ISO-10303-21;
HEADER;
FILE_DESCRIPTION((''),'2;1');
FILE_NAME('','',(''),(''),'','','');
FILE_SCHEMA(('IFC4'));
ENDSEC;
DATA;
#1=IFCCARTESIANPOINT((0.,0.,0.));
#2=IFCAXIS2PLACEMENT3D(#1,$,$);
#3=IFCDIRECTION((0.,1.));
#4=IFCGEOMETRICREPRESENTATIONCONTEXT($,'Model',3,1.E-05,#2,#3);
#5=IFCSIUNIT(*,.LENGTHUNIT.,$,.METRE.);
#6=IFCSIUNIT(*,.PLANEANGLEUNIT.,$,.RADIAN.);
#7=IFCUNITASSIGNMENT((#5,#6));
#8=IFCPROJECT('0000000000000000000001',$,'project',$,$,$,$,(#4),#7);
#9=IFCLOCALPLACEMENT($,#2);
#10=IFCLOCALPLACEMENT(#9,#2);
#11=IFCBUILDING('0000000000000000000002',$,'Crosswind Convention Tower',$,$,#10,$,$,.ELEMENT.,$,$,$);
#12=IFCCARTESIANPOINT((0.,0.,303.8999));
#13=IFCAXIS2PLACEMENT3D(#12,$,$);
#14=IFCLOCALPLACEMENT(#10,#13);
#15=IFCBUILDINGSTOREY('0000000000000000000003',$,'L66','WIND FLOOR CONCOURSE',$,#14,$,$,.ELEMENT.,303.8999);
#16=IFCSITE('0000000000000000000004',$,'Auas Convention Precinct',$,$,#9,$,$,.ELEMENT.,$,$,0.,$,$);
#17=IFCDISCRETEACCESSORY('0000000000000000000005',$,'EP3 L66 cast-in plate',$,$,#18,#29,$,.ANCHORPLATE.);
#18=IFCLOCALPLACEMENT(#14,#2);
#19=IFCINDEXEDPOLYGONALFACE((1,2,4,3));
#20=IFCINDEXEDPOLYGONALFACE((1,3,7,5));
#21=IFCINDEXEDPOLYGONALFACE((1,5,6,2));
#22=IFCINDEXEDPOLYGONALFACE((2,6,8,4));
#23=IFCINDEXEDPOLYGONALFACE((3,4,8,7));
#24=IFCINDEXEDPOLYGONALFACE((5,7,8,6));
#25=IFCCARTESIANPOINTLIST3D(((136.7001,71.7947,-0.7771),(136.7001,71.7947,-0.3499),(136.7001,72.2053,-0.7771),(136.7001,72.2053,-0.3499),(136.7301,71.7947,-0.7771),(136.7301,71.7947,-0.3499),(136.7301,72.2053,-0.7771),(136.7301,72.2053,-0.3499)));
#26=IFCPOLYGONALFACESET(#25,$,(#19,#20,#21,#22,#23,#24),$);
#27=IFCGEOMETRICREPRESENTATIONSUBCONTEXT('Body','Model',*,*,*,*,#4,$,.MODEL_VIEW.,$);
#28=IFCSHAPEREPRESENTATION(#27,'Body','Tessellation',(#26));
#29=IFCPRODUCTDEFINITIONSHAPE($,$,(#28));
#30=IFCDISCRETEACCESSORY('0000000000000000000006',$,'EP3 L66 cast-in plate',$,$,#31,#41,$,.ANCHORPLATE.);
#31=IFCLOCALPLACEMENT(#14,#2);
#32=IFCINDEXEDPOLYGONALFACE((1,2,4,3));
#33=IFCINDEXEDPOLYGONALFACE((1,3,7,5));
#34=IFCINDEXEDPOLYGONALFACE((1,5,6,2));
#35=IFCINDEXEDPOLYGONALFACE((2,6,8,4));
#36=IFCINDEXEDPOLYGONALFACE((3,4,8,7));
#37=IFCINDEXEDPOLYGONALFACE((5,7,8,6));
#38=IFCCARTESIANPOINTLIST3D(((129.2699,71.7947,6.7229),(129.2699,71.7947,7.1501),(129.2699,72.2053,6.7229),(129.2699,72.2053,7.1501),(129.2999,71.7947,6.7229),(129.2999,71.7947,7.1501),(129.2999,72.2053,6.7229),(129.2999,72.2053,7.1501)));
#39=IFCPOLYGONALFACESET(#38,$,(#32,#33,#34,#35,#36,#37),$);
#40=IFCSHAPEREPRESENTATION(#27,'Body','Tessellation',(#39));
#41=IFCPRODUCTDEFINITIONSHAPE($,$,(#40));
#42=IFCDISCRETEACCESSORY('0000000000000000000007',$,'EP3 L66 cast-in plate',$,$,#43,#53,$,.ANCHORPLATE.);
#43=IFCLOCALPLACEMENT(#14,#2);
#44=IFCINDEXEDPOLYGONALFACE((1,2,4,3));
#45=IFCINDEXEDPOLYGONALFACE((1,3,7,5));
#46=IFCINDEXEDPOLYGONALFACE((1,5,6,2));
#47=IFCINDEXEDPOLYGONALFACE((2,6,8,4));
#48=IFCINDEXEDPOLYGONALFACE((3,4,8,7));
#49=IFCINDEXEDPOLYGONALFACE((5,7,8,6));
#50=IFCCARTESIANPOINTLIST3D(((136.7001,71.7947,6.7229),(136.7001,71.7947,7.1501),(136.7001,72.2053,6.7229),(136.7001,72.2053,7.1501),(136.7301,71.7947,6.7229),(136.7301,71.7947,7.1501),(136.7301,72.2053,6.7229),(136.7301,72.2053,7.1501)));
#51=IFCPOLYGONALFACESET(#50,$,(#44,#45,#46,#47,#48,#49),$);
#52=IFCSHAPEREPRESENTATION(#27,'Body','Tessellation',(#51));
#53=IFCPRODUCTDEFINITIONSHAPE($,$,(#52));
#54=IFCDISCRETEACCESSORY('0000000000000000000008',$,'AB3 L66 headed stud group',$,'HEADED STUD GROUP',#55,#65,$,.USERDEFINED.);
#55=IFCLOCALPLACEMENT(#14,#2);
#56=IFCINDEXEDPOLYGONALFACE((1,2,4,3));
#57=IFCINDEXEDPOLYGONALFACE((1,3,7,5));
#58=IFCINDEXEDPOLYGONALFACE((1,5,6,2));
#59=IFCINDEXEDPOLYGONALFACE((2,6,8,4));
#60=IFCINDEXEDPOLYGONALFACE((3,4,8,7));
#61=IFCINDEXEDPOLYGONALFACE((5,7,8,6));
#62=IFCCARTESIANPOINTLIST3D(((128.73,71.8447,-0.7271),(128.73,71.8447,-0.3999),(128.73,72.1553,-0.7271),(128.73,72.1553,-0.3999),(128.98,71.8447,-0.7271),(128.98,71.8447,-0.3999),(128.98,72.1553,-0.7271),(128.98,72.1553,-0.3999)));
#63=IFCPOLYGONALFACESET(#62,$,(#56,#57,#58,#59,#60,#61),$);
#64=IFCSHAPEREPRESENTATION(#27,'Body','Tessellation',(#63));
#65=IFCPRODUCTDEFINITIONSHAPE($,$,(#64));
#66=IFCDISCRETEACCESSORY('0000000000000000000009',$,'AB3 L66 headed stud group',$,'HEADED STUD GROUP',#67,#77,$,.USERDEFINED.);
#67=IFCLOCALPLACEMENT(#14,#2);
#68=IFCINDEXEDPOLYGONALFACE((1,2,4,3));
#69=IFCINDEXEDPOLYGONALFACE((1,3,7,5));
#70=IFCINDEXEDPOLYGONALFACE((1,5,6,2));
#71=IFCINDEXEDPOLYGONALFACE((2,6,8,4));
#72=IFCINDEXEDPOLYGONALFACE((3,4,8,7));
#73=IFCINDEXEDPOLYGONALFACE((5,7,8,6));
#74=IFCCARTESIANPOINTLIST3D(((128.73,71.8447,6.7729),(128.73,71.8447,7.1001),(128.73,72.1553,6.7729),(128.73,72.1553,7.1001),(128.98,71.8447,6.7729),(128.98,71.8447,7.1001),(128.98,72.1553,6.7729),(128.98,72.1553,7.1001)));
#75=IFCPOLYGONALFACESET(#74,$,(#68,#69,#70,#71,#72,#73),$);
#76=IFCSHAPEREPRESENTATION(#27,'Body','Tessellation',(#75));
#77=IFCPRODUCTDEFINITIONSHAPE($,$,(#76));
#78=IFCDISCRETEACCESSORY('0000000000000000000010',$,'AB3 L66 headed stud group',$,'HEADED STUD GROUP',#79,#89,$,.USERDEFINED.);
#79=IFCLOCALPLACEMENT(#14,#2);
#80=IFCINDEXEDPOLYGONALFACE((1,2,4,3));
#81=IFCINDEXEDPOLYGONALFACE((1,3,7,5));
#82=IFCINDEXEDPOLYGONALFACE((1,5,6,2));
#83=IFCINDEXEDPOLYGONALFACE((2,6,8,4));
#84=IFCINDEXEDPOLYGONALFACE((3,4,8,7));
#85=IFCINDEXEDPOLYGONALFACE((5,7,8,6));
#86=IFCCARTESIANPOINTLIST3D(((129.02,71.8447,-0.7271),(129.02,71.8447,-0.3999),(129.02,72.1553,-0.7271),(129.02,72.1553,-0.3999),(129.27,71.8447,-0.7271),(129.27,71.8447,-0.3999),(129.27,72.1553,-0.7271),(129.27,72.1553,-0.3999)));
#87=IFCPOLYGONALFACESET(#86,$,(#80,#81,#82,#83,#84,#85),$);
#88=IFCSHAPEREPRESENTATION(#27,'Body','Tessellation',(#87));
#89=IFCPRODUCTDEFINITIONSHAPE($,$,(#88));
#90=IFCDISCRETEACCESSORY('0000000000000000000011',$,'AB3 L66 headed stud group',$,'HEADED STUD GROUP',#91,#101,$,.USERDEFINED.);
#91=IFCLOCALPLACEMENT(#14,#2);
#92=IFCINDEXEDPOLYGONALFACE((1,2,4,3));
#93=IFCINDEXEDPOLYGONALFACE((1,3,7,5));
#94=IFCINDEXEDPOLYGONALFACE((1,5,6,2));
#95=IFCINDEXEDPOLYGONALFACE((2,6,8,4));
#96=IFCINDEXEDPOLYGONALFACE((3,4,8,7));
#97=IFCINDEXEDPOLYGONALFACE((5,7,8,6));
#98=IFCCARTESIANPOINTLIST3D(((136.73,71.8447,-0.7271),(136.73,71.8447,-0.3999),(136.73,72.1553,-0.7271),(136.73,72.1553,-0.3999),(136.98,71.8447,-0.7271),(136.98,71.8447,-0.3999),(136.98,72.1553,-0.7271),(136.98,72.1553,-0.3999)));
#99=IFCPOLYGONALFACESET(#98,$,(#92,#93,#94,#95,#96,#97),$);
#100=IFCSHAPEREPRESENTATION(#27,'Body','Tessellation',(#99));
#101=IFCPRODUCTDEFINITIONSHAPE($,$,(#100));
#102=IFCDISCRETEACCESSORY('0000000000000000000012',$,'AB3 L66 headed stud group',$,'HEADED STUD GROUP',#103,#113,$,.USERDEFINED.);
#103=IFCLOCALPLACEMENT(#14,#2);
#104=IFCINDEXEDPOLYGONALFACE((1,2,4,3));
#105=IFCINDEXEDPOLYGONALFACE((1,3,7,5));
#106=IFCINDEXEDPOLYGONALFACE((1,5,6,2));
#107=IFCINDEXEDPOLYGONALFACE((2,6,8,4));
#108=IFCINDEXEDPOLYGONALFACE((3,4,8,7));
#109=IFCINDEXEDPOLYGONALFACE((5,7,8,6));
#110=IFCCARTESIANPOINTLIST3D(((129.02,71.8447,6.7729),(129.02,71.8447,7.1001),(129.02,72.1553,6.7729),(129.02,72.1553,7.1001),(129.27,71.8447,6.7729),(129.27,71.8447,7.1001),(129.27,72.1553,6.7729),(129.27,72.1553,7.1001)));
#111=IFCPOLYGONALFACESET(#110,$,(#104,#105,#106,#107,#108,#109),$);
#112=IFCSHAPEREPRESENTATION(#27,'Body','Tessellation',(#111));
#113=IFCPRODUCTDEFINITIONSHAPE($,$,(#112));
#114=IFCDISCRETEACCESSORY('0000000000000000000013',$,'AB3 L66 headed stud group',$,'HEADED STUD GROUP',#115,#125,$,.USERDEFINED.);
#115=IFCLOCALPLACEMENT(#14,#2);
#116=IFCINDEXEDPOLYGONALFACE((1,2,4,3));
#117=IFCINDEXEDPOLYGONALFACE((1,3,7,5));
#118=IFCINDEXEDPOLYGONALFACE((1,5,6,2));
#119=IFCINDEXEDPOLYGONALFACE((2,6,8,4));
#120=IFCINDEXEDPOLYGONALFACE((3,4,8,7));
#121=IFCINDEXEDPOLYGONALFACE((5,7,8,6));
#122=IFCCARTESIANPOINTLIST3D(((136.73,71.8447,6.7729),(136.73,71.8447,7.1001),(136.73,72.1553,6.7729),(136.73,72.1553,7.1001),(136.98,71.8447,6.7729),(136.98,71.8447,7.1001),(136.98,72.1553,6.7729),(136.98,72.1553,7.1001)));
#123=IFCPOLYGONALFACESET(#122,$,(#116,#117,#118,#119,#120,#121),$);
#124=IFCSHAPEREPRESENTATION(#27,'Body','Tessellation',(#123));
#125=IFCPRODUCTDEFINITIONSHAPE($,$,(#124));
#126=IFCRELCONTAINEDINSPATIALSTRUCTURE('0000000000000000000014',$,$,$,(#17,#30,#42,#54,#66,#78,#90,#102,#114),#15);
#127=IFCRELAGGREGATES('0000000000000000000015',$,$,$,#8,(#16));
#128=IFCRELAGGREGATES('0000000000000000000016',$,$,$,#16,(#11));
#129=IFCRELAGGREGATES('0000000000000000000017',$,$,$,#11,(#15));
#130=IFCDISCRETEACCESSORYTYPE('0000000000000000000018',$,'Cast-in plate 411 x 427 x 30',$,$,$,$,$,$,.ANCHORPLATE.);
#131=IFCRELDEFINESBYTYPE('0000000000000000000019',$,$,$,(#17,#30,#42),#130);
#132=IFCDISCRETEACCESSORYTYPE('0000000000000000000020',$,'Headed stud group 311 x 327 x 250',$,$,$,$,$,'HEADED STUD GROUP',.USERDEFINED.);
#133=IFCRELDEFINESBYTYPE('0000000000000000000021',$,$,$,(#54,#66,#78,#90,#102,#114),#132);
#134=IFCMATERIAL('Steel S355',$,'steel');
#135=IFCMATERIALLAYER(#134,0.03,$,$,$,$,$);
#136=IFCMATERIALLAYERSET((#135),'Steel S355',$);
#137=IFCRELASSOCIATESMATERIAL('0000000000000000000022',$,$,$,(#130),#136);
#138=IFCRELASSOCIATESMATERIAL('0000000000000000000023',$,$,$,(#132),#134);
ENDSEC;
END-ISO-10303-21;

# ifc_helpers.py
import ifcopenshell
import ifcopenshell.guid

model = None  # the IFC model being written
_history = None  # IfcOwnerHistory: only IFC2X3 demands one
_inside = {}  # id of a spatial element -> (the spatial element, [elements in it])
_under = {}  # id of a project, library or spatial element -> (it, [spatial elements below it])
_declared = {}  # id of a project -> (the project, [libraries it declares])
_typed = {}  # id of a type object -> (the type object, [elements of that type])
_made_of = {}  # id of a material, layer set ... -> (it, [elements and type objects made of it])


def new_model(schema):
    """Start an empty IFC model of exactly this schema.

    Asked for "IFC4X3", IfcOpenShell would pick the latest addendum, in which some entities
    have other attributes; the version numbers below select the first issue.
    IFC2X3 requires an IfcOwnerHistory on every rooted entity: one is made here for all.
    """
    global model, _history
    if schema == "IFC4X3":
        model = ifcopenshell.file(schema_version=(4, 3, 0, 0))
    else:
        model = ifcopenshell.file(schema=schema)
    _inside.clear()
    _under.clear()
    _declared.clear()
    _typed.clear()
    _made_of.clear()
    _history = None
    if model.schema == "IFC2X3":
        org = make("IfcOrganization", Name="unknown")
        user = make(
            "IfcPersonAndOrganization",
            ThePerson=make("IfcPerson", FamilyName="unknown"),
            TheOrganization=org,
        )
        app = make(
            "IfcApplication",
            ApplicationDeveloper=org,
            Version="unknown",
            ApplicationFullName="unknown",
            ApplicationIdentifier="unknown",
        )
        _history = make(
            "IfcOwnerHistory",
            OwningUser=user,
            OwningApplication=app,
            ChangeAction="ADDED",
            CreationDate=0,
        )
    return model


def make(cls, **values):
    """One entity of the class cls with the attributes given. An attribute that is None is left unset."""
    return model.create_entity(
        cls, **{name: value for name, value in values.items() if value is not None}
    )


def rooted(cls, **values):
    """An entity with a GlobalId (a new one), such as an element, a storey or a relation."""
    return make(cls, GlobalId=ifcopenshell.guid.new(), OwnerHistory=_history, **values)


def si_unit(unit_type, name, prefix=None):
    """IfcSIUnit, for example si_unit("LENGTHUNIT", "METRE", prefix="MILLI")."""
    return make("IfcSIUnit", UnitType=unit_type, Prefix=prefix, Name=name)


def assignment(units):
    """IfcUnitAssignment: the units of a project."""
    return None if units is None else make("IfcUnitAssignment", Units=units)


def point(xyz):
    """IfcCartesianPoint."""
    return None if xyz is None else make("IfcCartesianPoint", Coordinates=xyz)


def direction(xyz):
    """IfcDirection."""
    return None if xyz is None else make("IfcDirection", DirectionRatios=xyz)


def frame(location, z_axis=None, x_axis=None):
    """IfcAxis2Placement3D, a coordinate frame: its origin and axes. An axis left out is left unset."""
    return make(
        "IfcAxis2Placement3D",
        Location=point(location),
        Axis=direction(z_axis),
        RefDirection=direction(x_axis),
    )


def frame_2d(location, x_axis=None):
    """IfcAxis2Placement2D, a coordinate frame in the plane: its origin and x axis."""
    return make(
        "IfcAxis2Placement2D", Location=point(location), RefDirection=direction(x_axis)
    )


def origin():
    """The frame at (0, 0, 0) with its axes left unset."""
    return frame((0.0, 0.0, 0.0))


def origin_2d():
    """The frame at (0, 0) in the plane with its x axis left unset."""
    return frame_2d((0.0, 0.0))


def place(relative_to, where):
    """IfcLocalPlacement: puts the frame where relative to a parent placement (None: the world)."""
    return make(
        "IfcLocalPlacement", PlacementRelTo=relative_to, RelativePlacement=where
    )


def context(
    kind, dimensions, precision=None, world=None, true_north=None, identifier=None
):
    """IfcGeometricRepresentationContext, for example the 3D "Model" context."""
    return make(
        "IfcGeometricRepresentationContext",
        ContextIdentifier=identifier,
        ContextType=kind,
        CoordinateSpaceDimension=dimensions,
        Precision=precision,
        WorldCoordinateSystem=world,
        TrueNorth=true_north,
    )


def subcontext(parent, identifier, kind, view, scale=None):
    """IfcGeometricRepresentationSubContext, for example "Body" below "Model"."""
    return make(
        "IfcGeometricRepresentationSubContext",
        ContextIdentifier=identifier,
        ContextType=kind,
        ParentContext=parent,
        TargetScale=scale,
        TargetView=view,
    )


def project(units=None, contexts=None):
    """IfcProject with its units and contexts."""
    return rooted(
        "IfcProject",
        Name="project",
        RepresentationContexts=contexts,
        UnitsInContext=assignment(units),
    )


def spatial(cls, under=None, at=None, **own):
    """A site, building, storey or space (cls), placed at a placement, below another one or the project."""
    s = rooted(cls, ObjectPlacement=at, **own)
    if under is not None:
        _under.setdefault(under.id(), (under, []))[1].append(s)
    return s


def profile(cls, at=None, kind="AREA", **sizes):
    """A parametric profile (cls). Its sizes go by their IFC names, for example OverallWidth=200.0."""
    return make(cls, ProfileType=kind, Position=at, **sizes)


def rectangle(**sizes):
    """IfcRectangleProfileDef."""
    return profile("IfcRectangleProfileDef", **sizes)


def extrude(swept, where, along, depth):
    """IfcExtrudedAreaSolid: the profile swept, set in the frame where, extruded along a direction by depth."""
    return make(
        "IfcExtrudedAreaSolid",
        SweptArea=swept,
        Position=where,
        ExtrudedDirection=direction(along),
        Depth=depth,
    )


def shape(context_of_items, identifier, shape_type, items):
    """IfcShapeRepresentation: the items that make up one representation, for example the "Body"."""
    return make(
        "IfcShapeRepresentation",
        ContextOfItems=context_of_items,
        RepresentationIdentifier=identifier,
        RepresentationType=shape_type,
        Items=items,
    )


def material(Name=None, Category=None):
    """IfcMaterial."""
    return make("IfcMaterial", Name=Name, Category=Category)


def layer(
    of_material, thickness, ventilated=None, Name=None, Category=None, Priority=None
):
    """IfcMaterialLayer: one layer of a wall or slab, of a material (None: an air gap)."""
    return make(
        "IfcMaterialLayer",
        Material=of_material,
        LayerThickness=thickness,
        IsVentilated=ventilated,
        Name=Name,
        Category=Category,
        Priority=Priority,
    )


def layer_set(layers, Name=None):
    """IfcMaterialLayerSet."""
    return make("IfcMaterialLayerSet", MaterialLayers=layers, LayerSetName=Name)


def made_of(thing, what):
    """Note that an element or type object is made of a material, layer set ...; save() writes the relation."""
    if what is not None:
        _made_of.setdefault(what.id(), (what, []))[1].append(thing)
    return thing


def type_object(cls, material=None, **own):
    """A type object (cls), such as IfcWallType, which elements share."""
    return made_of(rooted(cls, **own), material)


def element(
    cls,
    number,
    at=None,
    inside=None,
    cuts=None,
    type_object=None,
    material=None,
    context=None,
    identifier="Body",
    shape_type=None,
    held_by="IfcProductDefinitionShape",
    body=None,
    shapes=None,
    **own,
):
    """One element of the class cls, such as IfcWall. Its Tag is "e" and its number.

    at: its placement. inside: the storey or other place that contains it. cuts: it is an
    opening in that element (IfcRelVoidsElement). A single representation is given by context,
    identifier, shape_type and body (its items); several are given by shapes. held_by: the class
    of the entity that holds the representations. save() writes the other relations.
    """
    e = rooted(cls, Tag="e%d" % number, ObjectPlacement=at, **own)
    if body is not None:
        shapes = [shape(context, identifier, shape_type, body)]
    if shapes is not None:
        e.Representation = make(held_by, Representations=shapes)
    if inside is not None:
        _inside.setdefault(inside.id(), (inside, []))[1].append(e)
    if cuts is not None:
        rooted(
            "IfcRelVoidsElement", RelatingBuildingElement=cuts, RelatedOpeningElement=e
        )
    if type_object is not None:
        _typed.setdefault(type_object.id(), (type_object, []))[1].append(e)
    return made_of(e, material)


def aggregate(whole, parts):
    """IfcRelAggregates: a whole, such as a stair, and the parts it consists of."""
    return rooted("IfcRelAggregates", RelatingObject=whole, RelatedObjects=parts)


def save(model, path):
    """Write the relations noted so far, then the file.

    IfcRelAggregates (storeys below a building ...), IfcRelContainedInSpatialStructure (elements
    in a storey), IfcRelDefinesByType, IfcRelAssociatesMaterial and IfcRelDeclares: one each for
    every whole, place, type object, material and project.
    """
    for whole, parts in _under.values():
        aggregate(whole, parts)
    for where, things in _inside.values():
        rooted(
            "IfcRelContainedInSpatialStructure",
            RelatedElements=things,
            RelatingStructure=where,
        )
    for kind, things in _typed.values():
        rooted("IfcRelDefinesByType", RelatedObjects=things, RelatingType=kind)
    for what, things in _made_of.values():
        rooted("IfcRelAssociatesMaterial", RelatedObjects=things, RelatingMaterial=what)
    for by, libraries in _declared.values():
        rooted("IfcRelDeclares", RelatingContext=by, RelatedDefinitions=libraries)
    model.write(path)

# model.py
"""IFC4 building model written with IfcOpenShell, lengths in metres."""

from ifc_helpers import new_model, si_unit, direction, frame, origin, origin_2d, place, context, subcontext, project, spatial, rectangle, extrude, material, layer, layer_set, type_object, element, save


model = new_model("IFC4")

# Units and contexts
model_context = context("Model", 3, precision=1e-05, world=origin(), true_north=direction((0.0, 1.0)))
body_context = subcontext(model_context, "Body", "Model", "MODEL_VIEW")
ifc_project = project(units=[si_unit("LENGTHUNIT", "METRE"), si_unit("PLANEANGLEUNIT", "RADIAN")], contexts=[model_context])

# Site, building, storey
site_placement = place(None, origin())
site = spatial("IfcSite", under=ifc_project, at=site_placement, Name="Auas Convention Precinct", CompositionType="ELEMENT", RefElevation=0.0)
building_placement = place(site_placement, origin())
building = spatial("IfcBuilding", under=site, at=building_placement, Name="Crosswind Convention Tower", CompositionType="ELEMENT")
storey_placement = place(building_placement, frame((0.0, 0.0, 303.8999)))
storey = spatial("IfcBuildingStorey", under=building, at=storey_placement, Name="L66", Description="WIND FLOOR CONCOURSE", CompositionType="ELEMENT", Elevation=303.8999)

# Shared definitions
ifc_material_1 = material(Name="Steel S355", Category="steel")

# Discrete accessories
ifc_layer = layer(ifc_material_1, 0.03)
ifc_layer_set = layer_set([ifc_layer], Name="Steel S355")
discrete_accessory_type_1 = type_object("IfcDiscreteAccessoryType", Name="Cast-in plate 411 x 427 x 30", PredefinedType="ANCHORPLATE", material=ifc_layer_set)
for number, where, z_axis, x_axis, name in (
    (1, (136.7151, 72.0, -0.7771), (0.0, 0.0, 1.0), (1.0, 0.0, 0.0), "EP3 L66 cast-in plate"),
    (2, (129.2849, 72.0, 6.7229), (0.0, 0.0, 1.0), (1.0, 0.0, 0.0), "EP3 L66 cast-in plate"),
    (3, (136.7151, 72.0, 6.7229), (0.0, 0.0, 1.0), (1.0, 0.0, 0.0), "EP3 L66 cast-in plate"),
):
    element("IfcDiscreteAccessory", number, at=place(storey_placement, frame(where, z_axis=z_axis, x_axis=x_axis)), inside=storey, type_object=discrete_accessory_type_1, Name=name, PredefinedType="ANCHORPLATE", context=body_context, shape_type="SweptSolid", body=[
        extrude(rectangle(XDim=0.03, YDim=0.4106, at=origin_2d()), origin(), (0.0, 0.0, 1.0), 0.4272),
    ])
discrete_accessory_type_2 = type_object("IfcDiscreteAccessoryType", Name="Headed stud group 311 x 327 x 250", ElementType="HEADED STUD GROUP", PredefinedType="USERDEFINED", material=ifc_material_1)
for number, where, z_axis, x_axis, name in (
    (4, (128.855, 72.0, -0.7271), (0.0, 0.0, 1.0), (1.0, 0.0, 0.0), "AB3 L66 headed stud group"),
    (5, (128.855, 72.0, 6.7729), (0.0, 0.0, 1.0), (1.0, 0.0, 0.0), "AB3 L66 headed stud group"),
    (6, (129.145, 72.0, -0.7271), (0.0, 0.0, 1.0), (1.0, 0.0, 0.0), "AB3 L66 headed stud group"),
    (7, (136.855, 72.0, -0.7271), (0.0, 0.0, 1.0), (1.0, 0.0, 0.0), "AB3 L66 headed stud group"),
    (8, (129.145, 72.0, 6.7729), (0.0, 0.0, 1.0), (1.0, 0.0, 0.0), "AB3 L66 headed stud group"),
    (9, (136.855, 72.0, 6.7729), (0.0, 0.0, 1.0), (1.0, 0.0, 0.0), "AB3 L66 headed stud group"),
):
    element("IfcDiscreteAccessory", number, at=place(storey_placement, frame(where, z_axis=z_axis, x_axis=x_axis)), inside=storey, type_object=discrete_accessory_type_2, Name=name, ObjectType="HEADED STUD GROUP", PredefinedType="USERDEFINED", context=body_context, shape_type="SweptSolid", body=[
        extrude(rectangle(XDim=0.25, YDim=0.3105, at=origin_2d()), origin(), (0.0, 0.0, 1.0), 0.3271),
    ])

save(model, "model.ifc")
